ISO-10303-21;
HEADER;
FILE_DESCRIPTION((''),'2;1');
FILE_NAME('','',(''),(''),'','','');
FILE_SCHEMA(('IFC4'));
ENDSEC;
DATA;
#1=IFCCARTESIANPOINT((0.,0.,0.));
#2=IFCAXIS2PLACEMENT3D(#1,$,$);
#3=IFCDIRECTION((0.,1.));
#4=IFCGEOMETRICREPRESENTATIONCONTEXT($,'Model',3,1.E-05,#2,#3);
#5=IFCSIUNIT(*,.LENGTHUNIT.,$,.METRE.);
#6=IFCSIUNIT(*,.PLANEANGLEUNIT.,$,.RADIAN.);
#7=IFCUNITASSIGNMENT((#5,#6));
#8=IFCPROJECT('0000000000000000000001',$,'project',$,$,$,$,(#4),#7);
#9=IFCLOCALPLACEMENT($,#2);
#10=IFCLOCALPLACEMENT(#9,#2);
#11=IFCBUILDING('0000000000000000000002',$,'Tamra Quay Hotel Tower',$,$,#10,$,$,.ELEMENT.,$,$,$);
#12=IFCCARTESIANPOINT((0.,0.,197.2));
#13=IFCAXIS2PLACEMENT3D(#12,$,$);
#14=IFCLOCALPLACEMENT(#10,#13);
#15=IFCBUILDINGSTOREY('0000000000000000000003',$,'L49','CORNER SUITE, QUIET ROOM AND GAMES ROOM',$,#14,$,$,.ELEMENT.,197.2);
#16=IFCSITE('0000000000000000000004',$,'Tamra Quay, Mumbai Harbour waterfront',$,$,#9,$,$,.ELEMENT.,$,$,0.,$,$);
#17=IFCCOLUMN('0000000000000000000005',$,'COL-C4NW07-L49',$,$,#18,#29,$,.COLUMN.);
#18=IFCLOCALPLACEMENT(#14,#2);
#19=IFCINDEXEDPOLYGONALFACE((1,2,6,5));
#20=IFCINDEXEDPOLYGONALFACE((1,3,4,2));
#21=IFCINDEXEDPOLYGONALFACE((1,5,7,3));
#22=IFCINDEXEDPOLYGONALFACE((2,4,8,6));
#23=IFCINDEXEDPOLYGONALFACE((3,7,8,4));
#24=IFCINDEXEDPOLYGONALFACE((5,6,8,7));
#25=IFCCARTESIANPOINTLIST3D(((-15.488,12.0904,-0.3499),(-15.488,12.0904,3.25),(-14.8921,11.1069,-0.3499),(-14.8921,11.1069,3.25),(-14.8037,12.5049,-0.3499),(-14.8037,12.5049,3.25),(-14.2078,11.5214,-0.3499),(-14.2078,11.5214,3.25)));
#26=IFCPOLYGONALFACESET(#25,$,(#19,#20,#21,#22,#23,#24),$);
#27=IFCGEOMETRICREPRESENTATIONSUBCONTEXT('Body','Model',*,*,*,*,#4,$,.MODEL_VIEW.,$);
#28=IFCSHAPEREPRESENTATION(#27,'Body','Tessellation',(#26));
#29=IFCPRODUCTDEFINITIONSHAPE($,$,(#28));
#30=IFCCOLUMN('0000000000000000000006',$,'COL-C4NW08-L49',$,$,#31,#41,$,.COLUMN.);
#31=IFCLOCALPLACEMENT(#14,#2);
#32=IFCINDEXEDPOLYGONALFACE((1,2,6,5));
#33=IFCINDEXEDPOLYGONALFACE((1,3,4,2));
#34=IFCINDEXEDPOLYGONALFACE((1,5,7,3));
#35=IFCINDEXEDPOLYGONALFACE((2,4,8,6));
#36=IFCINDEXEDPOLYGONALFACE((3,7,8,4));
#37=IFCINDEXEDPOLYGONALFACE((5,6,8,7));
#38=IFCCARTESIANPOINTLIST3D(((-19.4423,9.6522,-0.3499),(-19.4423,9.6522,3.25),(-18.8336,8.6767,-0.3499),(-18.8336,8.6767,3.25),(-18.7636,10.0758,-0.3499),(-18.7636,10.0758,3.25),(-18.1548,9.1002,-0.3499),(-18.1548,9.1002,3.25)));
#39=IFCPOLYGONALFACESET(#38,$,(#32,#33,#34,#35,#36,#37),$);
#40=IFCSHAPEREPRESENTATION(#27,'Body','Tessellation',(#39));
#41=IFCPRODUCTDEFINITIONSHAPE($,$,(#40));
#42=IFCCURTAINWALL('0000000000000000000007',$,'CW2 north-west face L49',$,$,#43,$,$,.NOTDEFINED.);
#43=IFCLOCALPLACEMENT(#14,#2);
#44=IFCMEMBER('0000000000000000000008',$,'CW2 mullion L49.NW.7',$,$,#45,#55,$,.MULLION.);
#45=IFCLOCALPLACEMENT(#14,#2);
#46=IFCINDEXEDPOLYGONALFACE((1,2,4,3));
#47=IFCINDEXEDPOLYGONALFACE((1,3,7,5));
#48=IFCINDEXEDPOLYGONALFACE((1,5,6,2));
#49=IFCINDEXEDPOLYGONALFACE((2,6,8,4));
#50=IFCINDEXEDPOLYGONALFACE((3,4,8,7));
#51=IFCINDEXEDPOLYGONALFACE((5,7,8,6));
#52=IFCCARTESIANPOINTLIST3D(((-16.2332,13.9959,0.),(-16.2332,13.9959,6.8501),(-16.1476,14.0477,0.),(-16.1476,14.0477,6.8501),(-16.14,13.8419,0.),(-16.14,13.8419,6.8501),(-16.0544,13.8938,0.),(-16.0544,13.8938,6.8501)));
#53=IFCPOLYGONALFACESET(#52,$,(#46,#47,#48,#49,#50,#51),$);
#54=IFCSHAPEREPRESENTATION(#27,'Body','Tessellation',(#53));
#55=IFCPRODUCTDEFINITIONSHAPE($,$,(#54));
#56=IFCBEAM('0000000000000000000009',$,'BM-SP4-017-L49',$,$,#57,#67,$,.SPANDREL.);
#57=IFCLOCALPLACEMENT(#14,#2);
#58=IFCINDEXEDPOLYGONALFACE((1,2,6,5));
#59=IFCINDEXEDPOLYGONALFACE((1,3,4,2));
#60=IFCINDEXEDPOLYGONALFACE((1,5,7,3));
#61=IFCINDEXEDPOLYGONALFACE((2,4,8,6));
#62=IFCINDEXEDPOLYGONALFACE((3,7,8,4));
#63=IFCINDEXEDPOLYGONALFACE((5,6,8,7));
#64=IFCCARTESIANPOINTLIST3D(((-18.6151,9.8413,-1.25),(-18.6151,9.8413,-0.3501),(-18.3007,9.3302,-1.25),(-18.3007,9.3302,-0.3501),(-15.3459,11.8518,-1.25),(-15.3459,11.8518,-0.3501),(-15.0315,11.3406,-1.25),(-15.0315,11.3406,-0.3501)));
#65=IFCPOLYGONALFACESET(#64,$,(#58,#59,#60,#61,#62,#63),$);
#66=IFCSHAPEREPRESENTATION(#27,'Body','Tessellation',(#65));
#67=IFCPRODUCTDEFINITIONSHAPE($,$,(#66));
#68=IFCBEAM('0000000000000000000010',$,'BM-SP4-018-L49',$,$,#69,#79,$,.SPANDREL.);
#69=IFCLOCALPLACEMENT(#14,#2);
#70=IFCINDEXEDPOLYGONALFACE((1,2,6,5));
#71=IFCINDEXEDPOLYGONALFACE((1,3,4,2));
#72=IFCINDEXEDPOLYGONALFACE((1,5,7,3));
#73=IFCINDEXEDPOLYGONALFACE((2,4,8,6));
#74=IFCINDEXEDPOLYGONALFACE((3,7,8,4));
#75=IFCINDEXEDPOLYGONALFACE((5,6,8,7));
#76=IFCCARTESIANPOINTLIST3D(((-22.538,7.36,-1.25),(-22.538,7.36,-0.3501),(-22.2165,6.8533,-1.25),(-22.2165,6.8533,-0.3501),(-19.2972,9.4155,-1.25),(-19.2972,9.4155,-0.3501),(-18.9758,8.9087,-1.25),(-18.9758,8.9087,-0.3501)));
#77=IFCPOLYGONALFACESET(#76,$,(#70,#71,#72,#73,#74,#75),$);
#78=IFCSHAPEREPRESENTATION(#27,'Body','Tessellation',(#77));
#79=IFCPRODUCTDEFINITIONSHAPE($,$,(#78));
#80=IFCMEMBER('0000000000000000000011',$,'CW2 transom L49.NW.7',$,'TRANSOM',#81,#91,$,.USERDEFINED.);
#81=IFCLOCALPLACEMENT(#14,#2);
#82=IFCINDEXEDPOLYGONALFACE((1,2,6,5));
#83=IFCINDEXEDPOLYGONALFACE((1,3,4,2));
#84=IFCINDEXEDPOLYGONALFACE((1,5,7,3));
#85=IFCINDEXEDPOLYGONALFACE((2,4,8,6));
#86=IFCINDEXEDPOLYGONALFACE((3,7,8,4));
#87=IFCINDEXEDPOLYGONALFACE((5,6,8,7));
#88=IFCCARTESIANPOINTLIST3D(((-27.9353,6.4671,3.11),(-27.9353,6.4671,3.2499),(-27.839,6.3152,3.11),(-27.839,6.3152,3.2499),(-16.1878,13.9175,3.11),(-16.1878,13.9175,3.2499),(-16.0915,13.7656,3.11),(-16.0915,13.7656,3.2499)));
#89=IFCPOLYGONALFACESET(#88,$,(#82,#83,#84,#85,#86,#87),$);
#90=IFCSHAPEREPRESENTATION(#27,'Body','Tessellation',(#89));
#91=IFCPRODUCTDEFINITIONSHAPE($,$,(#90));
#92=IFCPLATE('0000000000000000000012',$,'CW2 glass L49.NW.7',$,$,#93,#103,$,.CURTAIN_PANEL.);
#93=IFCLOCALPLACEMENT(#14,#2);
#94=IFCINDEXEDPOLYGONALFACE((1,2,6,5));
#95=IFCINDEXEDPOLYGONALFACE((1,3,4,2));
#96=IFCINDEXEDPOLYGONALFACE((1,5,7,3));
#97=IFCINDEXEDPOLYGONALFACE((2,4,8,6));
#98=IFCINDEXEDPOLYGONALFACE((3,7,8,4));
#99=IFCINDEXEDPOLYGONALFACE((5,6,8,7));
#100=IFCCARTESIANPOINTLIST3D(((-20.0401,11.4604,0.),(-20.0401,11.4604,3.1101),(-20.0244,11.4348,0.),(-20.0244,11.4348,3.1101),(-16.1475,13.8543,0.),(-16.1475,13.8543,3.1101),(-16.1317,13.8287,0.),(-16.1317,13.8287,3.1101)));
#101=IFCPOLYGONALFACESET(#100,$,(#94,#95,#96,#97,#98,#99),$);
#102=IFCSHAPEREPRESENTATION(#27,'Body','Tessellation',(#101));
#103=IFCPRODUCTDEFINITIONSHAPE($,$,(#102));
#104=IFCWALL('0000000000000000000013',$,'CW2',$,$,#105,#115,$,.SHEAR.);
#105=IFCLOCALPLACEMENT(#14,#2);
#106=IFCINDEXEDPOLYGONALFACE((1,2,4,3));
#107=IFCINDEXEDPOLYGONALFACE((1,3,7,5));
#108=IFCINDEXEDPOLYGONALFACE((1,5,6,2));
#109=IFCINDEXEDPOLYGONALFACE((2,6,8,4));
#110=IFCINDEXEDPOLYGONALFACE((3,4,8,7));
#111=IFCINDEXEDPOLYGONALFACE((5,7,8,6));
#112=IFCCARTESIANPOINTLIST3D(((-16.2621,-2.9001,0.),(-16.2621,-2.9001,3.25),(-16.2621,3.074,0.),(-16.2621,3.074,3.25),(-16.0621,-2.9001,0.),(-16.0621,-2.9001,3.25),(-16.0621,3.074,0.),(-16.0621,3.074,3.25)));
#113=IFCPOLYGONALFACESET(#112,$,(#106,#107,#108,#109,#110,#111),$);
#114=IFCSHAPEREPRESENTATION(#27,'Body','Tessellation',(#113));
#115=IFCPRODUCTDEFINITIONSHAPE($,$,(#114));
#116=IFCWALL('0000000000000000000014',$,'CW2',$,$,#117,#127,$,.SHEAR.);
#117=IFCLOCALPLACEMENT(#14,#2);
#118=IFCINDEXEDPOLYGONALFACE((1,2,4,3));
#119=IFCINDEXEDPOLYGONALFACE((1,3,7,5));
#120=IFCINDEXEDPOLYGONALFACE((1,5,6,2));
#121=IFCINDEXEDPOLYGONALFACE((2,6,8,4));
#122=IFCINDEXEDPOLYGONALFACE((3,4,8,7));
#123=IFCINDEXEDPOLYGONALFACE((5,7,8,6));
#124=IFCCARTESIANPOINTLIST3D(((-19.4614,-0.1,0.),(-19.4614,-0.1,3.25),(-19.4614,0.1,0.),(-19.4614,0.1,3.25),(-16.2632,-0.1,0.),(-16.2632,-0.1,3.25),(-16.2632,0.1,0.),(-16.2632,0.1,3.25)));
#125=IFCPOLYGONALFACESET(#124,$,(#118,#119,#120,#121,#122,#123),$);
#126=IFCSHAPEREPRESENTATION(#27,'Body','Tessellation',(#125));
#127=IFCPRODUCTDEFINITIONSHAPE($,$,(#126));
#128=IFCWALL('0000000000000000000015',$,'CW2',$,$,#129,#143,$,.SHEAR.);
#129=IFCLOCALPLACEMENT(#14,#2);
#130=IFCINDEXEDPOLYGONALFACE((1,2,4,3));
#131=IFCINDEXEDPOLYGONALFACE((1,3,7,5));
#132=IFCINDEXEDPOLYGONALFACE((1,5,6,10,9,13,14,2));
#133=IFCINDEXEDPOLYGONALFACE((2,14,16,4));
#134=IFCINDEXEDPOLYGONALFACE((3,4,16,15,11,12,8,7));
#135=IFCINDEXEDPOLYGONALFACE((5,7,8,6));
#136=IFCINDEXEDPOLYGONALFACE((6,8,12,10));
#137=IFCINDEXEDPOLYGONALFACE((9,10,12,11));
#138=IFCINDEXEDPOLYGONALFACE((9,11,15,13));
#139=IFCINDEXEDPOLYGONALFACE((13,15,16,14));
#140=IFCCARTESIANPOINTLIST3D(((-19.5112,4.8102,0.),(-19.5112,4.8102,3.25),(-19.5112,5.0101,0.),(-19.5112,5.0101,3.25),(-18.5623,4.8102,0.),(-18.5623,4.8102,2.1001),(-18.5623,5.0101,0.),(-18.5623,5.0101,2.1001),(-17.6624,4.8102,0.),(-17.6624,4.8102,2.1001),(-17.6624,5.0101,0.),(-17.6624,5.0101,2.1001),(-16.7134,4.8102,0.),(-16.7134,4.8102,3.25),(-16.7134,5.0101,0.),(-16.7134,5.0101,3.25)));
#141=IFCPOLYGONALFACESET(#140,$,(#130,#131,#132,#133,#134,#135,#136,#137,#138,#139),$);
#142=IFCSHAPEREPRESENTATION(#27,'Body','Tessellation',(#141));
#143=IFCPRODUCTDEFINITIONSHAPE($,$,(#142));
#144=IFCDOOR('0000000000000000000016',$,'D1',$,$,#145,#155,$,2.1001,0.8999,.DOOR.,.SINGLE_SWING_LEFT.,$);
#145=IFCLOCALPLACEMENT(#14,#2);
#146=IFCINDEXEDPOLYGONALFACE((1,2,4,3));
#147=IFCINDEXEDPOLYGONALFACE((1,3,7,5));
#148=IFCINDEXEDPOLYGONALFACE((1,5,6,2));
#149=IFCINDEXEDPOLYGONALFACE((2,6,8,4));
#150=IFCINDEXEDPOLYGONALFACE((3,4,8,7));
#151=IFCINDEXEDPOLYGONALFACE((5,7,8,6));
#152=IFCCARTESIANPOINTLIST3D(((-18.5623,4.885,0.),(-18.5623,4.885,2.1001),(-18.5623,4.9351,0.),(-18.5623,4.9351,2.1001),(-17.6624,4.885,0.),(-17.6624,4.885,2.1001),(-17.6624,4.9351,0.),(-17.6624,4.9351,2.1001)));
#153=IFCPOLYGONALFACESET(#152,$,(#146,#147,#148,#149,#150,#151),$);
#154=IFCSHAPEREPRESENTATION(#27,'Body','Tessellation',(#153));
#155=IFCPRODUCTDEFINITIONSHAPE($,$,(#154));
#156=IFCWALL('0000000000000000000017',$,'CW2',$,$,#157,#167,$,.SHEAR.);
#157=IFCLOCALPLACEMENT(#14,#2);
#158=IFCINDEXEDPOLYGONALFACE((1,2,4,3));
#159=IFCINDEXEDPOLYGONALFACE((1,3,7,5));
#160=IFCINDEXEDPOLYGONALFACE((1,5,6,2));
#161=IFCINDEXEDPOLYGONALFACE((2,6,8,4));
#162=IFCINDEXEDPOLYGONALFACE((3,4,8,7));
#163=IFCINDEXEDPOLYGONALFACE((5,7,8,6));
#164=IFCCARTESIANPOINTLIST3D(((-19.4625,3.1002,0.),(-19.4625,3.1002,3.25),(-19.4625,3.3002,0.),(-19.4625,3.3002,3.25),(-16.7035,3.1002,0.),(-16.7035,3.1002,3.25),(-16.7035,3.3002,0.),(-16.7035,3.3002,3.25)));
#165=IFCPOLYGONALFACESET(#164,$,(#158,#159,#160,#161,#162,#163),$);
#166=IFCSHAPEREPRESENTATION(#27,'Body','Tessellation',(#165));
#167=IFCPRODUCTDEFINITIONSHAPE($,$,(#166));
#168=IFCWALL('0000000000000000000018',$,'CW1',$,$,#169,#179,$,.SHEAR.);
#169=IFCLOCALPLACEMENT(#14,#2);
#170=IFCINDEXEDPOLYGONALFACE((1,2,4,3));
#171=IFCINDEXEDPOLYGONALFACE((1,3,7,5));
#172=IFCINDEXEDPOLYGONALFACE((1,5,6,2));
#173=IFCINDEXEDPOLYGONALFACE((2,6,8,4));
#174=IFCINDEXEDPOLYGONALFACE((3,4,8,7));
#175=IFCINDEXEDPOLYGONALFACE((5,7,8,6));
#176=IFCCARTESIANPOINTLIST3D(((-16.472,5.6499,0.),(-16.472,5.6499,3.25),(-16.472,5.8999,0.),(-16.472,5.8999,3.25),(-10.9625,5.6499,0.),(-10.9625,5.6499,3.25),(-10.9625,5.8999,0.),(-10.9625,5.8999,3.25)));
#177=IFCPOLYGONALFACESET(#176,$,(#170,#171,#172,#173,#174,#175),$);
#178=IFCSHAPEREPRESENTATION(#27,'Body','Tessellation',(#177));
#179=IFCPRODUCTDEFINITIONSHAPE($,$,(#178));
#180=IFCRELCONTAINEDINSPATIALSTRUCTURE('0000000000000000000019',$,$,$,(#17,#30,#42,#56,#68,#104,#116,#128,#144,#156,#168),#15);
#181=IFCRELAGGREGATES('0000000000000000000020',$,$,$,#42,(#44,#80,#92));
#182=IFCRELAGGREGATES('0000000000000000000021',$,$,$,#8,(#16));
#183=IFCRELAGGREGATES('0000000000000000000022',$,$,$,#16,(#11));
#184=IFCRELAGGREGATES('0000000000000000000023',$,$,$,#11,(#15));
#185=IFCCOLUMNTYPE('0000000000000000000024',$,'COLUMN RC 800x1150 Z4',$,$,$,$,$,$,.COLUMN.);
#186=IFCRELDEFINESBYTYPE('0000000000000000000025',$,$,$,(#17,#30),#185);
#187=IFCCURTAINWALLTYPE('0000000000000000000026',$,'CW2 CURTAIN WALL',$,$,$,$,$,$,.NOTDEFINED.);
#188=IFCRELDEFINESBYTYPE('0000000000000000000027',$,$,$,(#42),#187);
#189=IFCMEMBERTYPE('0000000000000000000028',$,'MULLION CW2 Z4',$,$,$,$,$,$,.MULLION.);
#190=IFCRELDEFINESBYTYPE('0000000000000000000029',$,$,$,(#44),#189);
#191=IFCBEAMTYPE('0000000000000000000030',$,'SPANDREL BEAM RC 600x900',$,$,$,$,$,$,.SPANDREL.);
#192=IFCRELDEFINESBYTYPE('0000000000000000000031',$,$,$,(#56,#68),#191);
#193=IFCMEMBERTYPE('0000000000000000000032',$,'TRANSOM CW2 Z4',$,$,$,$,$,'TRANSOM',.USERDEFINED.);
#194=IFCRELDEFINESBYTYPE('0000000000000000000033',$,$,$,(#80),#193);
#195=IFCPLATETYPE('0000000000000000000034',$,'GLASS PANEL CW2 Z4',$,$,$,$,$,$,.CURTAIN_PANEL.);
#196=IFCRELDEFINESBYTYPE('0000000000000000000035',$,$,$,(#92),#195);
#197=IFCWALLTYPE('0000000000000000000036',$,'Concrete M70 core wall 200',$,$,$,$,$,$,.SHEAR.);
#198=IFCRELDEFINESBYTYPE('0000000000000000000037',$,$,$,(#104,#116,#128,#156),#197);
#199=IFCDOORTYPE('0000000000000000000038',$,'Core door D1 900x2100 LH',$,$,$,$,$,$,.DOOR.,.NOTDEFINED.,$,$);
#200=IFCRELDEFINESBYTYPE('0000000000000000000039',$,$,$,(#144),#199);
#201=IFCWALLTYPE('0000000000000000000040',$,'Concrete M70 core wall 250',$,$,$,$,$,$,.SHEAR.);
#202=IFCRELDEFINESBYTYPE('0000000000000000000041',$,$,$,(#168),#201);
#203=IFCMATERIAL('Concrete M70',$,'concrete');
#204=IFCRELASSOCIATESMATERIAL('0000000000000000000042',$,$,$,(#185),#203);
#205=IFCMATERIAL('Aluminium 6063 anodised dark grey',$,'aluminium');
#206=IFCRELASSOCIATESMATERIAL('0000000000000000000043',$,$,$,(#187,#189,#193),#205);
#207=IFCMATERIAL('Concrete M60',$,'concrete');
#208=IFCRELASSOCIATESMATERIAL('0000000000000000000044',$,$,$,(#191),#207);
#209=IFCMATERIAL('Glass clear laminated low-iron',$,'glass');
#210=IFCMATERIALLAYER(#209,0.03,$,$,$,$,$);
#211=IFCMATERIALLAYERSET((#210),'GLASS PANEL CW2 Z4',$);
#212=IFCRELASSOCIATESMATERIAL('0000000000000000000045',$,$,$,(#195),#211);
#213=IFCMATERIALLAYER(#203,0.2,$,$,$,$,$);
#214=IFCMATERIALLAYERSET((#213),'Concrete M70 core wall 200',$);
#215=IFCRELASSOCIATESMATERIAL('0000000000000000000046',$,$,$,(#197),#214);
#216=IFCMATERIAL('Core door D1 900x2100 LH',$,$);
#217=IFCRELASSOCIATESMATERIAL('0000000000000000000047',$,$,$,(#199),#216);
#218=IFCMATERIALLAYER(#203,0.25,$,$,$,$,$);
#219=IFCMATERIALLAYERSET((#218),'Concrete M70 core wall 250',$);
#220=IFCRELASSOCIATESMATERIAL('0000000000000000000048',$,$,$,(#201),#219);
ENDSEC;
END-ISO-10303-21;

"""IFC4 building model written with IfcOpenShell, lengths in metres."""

from ifc_helpers import new_model, si_unit, direction, frame, frame_2d, origin, origin_2d, place, context, subcontext, project, spatial, rectangle, extrude, material, layer, layer_set, material_profile, profile_set, type_object, element, fill, aggregate, save


model = new_model("IFC4")

# Units and contexts
model_context = context("Model", 3, precision=1e-05, world=origin(), true_north=direction((0.0, 1.0)))
body_context = subcontext(model_context, "Body", "Model", "MODEL_VIEW")
ifc_project = project(units=[si_unit("LENGTHUNIT", "METRE"), si_unit("PLANEANGLEUNIT", "RADIAN")], contexts=[model_context])

# Site, building, storey
site_placement = place(None, origin())
site = spatial("IfcSite", under=ifc_project, at=site_placement, Name="Tamra Quay, Mumbai Harbour waterfront", CompositionType="ELEMENT", RefElevation=0.0)
building_placement = place(site_placement, origin())
building = spatial("IfcBuilding", under=site, at=building_placement, Name="Tamra Quay Hotel Tower", CompositionType="ELEMENT")
storey_placement = place(building_placement, frame((0.0, 0.0, 197.2)))
storey = spatial("IfcBuildingStorey", under=building, at=storey_placement, Name="L49", Description="CORNER SUITE, QUIET ROOM AND GAMES ROOM", CompositionType="ELEMENT", Elevation=197.2)

# Columns
ifc_material_1 = material(Name="Concrete M70", Category="concrete")
ifc_material_profile_1 = material_profile(ifc_material_1, rectangle(XDim=1.1499, YDim=0.8, at=origin_2d()), Name="COLUMN RC 800x1150 Z4")
ifc_profile_set_1 = profile_set([ifc_material_profile_1], Name="Concrete M70")
column_type = type_object("IfcColumnType", Name="COLUMN RC 800x1150 Z4", PredefinedType="COLUMN", material=ifc_profile_set_1)
for number, where, z_axis, x_axis, name in (
    (1, (-14.8479, 11.8059, -0.3499), (0.0, 0.0, 1.0), (-0.518175, 0.855275, 0.0), "COL-C4NW07-L49"),
    (2, (-18.7986, 9.3762, -0.3499), (0.0, 0.0, 1.0), (-0.52941, 0.848366, 0.0), "COL-C4NW08-L49"),
):
    element("IfcColumn", number, at=place(storey_placement, frame(where, z_axis=z_axis, x_axis=x_axis)), inside=storey, type_object=column_type, Name=name, PredefinedType="COLUMN", context=body_context, shape_type="SweptSolid", body=[
        extrude(rectangle(XDim=1.1499, YDim=0.8, at=origin_2d()), origin(), (0.0, 0.0, 1.0), 3.5999),
    ])

# Curtain wall, member
ifc_material_2 = material(Name="Aluminium 6063 anodised dark grey", Category="aluminium")
curtain_wall_type = type_object("IfcCurtainWallType", Name="CW2 CURTAIN WALL", PredefinedType="NOTDEFINED", material=ifc_material_2)
curtain_wall_placement = place(storey_placement, origin())
curtain_wall = element("IfcCurtainWall", 3, at=curtain_wall_placement, inside=storey, type_object=curtain_wall_type, Name="CW2 north-west face L49", PredefinedType="NOTDEFINED")
ifc_material_profile_2 = material_profile(ifc_material_2, rectangle(XDim=0.1799, YDim=0.1001, at=origin_2d()), Name="MULLION 100X180")
ifc_profile_set_2 = profile_set([ifc_material_profile_2], Name="Aluminium 6063 anodised dark grey")
member_type_1 = type_object("IfcMemberType", Name="MULLION CW2 Z4", PredefinedType="MULLION", material=ifc_profile_set_2)
member_1_placement = place(storey_placement, frame((-16.1438, 13.9448, 0.0), z_axis=(0.0, 0.0, 1.0), x_axis=(-0.517923, 0.855427, 0.0)))
member_1 = element("IfcMember", 4, at=member_1_placement, type_object=member_type_1, Name="CW2 mullion L49.NW.7", PredefinedType="MULLION", context=body_context, shape_type="SweptSolid", body=[
    extrude(rectangle(XDim=0.1799, YDim=0.1001, at=origin_2d()), origin(), (0.0, 0.0, 1.0), 6.8501),
])

# Beams
ifc_material_3 = material(Name="Concrete M60", Category="concrete")
ifc_material_profile_3 = material_profile(ifc_material_3, rectangle(XDim=0.6001, YDim=0.8999, at=origin_2d()), Name="SPANDREL BEAM RC 600x900")
ifc_profile_set_3 = profile_set([ifc_material_profile_3], Name="Concrete M60")
beam_type = type_object("IfcBeamType", Name="SPANDREL BEAM RC 600x900", PredefinedType="SPANDREL", material=ifc_profile_set_3)
beam_1_placement = place(storey_placement, frame((-15.1887, 11.5962, -0.8), z_axis=(-0.851818, -0.523838, 0.0), x_axis=(0.523838, -0.851818, 0.0)))
element("IfcBeam", 5, at=beam_1_placement, inside=storey, type_object=beam_type, Name="BM-SP4-017-L49", PredefinedType="SPANDREL", context=body_context, shape_type="SweptSolid", body=[
    extrude(rectangle(XDim=0.6001, YDim=0.8999, at=origin_2d()), origin(), (0.0, 0.0, 1.0), 3.8379),
])
beam_2_placement = place(storey_placement, frame((-19.1365, 9.1621, -0.8), z_axis=(-0.84447, -0.535603, 0.0), x_axis=(0.535603, -0.84447, 0.0)))
element("IfcBeam", 6, at=beam_2_placement, inside=storey, type_object=beam_type, Name="BM-SP4-018-L49", PredefinedType="SPANDREL", context=body_context, shape_type="SweptSolid", body=[
    extrude(rectangle(XDim=0.6001, YDim=0.8999, at=origin_2d()), origin(), (0.0, 0.0, 1.0), 3.8376),
])

# Member
ifc_material_profile_4 = material_profile(ifc_material_2, rectangle(XDim=0.1799, YDim=0.1399, at=origin_2d()), Name="TRANSOM 180X140")
ifc_profile_set_4 = profile_set([ifc_material_profile_4], Name="Aluminium 6063 anodised dark grey")
member_type_2 = type_object("IfcMemberType", Name="TRANSOM CW2 Z4", ElementType="TRANSOM", PredefinedType="USERDEFINED", material=ifc_profile_set_4)
member_2_placement = place(storey_placement, frame((-16.1396, 13.8416, 3.1799), z_axis=(-0.844484, -0.535581, 0.0), x_axis=(0.535581, -0.844484, 0.0)))
member_2 = element("IfcMember", 7, at=member_2_placement, type_object=member_type_2, Name="CW2 transom L49.NW.7", ObjectType="TRANSOM", PredefinedType="USERDEFINED", context=body_context, shape_type="SweptSolid", body=[
    extrude(rectangle(XDim=0.1799, YDim=0.1399, at=origin_2d()), origin(), (0.0, 0.0, 1.0), 13.9109),
])

# Plate
ifc_material_4 = material(Name="Glass clear laminated low-iron", Category="glass")
ifc_layer_1 = layer(ifc_material_4, 0.03)
ifc_layer_set_1 = layer_set([ifc_layer_1], Name="GLASS PANEL CW2 Z4")
plate_type = type_object("IfcPlateType", Name="GLASS PANEL CW2 Z4", PredefinedType="CURTAIN_PANEL", material=ifc_layer_set_1)
plate_placement = place(storey_placement, frame((-18.0859, 12.6445, 0.0), z_axis=(0.0, 0.0, 1.0), x_axis=(-0.851815, -0.523843, 0.0)))
plate = element("IfcPlate", 8, at=plate_placement, type_object=plate_type, Name="CW2 glass L49.NW.7", PredefinedType="CURTAIN_PANEL", context=body_context, shape_type="SweptSolid", body=[
    extrude(rectangle(XDim=4.5698, YDim=0.03, at=origin_2d()), origin(), (0.0, 0.0, 1.0), 3.1101),
])
aggregate(curtain_wall, [member_1, member_2, plate])

# Walls
ifc_layer_2 = layer(ifc_material_1, 0.2)
ifc_layer_set_2 = layer_set([ifc_layer_2], Name="Concrete M70 core wall 200")
wall_type_1 = type_object("IfcWallType", Name="Concrete M70 core wall 200", PredefinedType="SHEAR", material=ifc_layer_set_2)
wall_1_placement = place(storey_placement, frame((-16.1621, 3.074, 0.0), z_axis=(0.0, 0.0, 1.0), x_axis=(0.0, -1.0, 0.0)))
element("IfcWall", 9, at=wall_1_placement, inside=storey, type_object=wall_type_1, Name="CW2", PredefinedType="SHEAR", context=body_context, shape_type="SweptSolid", body=[
    extrude(rectangle(XDim=5.9741, YDim=0.2, at=frame_2d((2.9871, 0.0))), origin(), (0.0, 0.0, 1.0), 3.25),
])
wall_2_placement = place(storey_placement, frame((-16.2632, 0.0, 0.0), z_axis=(0.0, 0.0, 1.0), x_axis=(-1.0, 0.0, 0.0)))
element("IfcWall", 10, at=wall_2_placement, inside=storey, type_object=wall_type_1, Name="CW2", PredefinedType="SHEAR", context=body_context, shape_type="SweptSolid", body=[
    extrude(rectangle(XDim=3.1982, YDim=0.2, at=frame_2d((1.5991, 0.0))), origin(), (0.0, 0.0, 1.0), 3.25),
])

# Wall, opening, door
wall_3_placement = place(storey_placement, frame((-19.5112, 4.9102, 0.0), z_axis=(0.0, 0.0, 1.0), x_axis=(1.0, 0.0, 0.0)))
wall_3 = element("IfcWall", 11, at=wall_3_placement, inside=storey, type_object=wall_type_1, Name="CW2", PredefinedType="SHEAR", context=body_context, shape_type="SweptSolid", body=[
    extrude(rectangle(XDim=2.7979, YDim=0.2, at=frame_2d((1.3989, 0.0))), origin(), (0.0, 0.0, 1.0), 3.25),
])
opening_placement = place(wall_3_placement, frame((0.949, 0.0, 0.0)))
opening = element("IfcOpeningElement", 12, at=opening_placement, cuts=wall_3, PredefinedType="OPENING", context=body_context, shape_type="SweptSolid", body=[
    extrude(rectangle(XDim=0.8999, YDim=2.1001, at=frame_2d((0.45, 1.05))), frame((0.0, 0.1099, 0.0), z_axis=(0.0, -1.0, 0.0), x_axis=(1.0, 0.0, 0.0)), (0.0, 0.0, 1.0), 0.22),
])
ifc_material_5 = material(Name="Core door D1 900x2100 LH")
door_type = type_object("IfcDoorType", Name="Core door D1 900x2100 LH", OperationType="NOTDEFINED", PredefinedType="DOOR", material=ifc_material_5)
door_placement = place(opening_placement, origin())
door = element("IfcDoor", 13, at=door_placement, inside=storey, type_object=door_type, Name="D1", OperationType="SINGLE_SWING_LEFT", OverallHeight=2.1001, OverallWidth=0.8999, PredefinedType="DOOR", context=body_context, shape_type="SweptSolid", body=[
    extrude(rectangle(XDim=0.8999, YDim=2.1001, at=frame_2d((0.45, 1.05))), frame((0.0, 0.0249, 0.0), z_axis=(0.0, -1.0, 0.0), x_axis=(1.0, 0.0, 0.0)), (0.0, 0.0, 1.0), 0.05),
])
fill(opening, door)

# Walls
wall_4_placement = place(storey_placement, frame((-19.4624, 3.2002, 0.0), z_axis=(0.0, 0.0, 1.0), x_axis=(1.0, 0.0, 0.0)))
element("IfcWall", 14, at=wall_4_placement, inside=storey, type_object=wall_type_1, Name="CW2", PredefinedType="SHEAR", context=body_context, shape_type="SweptSolid", body=[
    extrude(rectangle(XDim=2.759, YDim=0.2, at=frame_2d((1.3794, 0.0))), origin(), (0.0, 0.0, 1.0), 3.25),
])
ifc_layer_3 = layer(ifc_material_1, 0.25)
ifc_layer_set_3 = layer_set([ifc_layer_3], Name="Concrete M70 core wall 250")
wall_type_2 = type_object("IfcWallType", Name="Concrete M70 core wall 250", PredefinedType="SHEAR", material=ifc_layer_set_3)
wall_5_placement = place(storey_placement, frame((-16.4722, 5.7749, 0.0), z_axis=(0.0, 0.0, 1.0), x_axis=(1.0, 0.0, 0.0)))
element("IfcWall", 15, at=wall_5_placement, inside=storey, type_object=wall_type_2, Name="CW1", PredefinedType="SHEAR", context=body_context, shape_type="SweptSolid", body=[
    extrude(rectangle(XDim=5.5095, YDim=0.25, at=frame_2d((2.7549, 0.0))), origin(), (0.0, 0.0, 1.0), 3.25),
])

save(model, "model.ifc")
